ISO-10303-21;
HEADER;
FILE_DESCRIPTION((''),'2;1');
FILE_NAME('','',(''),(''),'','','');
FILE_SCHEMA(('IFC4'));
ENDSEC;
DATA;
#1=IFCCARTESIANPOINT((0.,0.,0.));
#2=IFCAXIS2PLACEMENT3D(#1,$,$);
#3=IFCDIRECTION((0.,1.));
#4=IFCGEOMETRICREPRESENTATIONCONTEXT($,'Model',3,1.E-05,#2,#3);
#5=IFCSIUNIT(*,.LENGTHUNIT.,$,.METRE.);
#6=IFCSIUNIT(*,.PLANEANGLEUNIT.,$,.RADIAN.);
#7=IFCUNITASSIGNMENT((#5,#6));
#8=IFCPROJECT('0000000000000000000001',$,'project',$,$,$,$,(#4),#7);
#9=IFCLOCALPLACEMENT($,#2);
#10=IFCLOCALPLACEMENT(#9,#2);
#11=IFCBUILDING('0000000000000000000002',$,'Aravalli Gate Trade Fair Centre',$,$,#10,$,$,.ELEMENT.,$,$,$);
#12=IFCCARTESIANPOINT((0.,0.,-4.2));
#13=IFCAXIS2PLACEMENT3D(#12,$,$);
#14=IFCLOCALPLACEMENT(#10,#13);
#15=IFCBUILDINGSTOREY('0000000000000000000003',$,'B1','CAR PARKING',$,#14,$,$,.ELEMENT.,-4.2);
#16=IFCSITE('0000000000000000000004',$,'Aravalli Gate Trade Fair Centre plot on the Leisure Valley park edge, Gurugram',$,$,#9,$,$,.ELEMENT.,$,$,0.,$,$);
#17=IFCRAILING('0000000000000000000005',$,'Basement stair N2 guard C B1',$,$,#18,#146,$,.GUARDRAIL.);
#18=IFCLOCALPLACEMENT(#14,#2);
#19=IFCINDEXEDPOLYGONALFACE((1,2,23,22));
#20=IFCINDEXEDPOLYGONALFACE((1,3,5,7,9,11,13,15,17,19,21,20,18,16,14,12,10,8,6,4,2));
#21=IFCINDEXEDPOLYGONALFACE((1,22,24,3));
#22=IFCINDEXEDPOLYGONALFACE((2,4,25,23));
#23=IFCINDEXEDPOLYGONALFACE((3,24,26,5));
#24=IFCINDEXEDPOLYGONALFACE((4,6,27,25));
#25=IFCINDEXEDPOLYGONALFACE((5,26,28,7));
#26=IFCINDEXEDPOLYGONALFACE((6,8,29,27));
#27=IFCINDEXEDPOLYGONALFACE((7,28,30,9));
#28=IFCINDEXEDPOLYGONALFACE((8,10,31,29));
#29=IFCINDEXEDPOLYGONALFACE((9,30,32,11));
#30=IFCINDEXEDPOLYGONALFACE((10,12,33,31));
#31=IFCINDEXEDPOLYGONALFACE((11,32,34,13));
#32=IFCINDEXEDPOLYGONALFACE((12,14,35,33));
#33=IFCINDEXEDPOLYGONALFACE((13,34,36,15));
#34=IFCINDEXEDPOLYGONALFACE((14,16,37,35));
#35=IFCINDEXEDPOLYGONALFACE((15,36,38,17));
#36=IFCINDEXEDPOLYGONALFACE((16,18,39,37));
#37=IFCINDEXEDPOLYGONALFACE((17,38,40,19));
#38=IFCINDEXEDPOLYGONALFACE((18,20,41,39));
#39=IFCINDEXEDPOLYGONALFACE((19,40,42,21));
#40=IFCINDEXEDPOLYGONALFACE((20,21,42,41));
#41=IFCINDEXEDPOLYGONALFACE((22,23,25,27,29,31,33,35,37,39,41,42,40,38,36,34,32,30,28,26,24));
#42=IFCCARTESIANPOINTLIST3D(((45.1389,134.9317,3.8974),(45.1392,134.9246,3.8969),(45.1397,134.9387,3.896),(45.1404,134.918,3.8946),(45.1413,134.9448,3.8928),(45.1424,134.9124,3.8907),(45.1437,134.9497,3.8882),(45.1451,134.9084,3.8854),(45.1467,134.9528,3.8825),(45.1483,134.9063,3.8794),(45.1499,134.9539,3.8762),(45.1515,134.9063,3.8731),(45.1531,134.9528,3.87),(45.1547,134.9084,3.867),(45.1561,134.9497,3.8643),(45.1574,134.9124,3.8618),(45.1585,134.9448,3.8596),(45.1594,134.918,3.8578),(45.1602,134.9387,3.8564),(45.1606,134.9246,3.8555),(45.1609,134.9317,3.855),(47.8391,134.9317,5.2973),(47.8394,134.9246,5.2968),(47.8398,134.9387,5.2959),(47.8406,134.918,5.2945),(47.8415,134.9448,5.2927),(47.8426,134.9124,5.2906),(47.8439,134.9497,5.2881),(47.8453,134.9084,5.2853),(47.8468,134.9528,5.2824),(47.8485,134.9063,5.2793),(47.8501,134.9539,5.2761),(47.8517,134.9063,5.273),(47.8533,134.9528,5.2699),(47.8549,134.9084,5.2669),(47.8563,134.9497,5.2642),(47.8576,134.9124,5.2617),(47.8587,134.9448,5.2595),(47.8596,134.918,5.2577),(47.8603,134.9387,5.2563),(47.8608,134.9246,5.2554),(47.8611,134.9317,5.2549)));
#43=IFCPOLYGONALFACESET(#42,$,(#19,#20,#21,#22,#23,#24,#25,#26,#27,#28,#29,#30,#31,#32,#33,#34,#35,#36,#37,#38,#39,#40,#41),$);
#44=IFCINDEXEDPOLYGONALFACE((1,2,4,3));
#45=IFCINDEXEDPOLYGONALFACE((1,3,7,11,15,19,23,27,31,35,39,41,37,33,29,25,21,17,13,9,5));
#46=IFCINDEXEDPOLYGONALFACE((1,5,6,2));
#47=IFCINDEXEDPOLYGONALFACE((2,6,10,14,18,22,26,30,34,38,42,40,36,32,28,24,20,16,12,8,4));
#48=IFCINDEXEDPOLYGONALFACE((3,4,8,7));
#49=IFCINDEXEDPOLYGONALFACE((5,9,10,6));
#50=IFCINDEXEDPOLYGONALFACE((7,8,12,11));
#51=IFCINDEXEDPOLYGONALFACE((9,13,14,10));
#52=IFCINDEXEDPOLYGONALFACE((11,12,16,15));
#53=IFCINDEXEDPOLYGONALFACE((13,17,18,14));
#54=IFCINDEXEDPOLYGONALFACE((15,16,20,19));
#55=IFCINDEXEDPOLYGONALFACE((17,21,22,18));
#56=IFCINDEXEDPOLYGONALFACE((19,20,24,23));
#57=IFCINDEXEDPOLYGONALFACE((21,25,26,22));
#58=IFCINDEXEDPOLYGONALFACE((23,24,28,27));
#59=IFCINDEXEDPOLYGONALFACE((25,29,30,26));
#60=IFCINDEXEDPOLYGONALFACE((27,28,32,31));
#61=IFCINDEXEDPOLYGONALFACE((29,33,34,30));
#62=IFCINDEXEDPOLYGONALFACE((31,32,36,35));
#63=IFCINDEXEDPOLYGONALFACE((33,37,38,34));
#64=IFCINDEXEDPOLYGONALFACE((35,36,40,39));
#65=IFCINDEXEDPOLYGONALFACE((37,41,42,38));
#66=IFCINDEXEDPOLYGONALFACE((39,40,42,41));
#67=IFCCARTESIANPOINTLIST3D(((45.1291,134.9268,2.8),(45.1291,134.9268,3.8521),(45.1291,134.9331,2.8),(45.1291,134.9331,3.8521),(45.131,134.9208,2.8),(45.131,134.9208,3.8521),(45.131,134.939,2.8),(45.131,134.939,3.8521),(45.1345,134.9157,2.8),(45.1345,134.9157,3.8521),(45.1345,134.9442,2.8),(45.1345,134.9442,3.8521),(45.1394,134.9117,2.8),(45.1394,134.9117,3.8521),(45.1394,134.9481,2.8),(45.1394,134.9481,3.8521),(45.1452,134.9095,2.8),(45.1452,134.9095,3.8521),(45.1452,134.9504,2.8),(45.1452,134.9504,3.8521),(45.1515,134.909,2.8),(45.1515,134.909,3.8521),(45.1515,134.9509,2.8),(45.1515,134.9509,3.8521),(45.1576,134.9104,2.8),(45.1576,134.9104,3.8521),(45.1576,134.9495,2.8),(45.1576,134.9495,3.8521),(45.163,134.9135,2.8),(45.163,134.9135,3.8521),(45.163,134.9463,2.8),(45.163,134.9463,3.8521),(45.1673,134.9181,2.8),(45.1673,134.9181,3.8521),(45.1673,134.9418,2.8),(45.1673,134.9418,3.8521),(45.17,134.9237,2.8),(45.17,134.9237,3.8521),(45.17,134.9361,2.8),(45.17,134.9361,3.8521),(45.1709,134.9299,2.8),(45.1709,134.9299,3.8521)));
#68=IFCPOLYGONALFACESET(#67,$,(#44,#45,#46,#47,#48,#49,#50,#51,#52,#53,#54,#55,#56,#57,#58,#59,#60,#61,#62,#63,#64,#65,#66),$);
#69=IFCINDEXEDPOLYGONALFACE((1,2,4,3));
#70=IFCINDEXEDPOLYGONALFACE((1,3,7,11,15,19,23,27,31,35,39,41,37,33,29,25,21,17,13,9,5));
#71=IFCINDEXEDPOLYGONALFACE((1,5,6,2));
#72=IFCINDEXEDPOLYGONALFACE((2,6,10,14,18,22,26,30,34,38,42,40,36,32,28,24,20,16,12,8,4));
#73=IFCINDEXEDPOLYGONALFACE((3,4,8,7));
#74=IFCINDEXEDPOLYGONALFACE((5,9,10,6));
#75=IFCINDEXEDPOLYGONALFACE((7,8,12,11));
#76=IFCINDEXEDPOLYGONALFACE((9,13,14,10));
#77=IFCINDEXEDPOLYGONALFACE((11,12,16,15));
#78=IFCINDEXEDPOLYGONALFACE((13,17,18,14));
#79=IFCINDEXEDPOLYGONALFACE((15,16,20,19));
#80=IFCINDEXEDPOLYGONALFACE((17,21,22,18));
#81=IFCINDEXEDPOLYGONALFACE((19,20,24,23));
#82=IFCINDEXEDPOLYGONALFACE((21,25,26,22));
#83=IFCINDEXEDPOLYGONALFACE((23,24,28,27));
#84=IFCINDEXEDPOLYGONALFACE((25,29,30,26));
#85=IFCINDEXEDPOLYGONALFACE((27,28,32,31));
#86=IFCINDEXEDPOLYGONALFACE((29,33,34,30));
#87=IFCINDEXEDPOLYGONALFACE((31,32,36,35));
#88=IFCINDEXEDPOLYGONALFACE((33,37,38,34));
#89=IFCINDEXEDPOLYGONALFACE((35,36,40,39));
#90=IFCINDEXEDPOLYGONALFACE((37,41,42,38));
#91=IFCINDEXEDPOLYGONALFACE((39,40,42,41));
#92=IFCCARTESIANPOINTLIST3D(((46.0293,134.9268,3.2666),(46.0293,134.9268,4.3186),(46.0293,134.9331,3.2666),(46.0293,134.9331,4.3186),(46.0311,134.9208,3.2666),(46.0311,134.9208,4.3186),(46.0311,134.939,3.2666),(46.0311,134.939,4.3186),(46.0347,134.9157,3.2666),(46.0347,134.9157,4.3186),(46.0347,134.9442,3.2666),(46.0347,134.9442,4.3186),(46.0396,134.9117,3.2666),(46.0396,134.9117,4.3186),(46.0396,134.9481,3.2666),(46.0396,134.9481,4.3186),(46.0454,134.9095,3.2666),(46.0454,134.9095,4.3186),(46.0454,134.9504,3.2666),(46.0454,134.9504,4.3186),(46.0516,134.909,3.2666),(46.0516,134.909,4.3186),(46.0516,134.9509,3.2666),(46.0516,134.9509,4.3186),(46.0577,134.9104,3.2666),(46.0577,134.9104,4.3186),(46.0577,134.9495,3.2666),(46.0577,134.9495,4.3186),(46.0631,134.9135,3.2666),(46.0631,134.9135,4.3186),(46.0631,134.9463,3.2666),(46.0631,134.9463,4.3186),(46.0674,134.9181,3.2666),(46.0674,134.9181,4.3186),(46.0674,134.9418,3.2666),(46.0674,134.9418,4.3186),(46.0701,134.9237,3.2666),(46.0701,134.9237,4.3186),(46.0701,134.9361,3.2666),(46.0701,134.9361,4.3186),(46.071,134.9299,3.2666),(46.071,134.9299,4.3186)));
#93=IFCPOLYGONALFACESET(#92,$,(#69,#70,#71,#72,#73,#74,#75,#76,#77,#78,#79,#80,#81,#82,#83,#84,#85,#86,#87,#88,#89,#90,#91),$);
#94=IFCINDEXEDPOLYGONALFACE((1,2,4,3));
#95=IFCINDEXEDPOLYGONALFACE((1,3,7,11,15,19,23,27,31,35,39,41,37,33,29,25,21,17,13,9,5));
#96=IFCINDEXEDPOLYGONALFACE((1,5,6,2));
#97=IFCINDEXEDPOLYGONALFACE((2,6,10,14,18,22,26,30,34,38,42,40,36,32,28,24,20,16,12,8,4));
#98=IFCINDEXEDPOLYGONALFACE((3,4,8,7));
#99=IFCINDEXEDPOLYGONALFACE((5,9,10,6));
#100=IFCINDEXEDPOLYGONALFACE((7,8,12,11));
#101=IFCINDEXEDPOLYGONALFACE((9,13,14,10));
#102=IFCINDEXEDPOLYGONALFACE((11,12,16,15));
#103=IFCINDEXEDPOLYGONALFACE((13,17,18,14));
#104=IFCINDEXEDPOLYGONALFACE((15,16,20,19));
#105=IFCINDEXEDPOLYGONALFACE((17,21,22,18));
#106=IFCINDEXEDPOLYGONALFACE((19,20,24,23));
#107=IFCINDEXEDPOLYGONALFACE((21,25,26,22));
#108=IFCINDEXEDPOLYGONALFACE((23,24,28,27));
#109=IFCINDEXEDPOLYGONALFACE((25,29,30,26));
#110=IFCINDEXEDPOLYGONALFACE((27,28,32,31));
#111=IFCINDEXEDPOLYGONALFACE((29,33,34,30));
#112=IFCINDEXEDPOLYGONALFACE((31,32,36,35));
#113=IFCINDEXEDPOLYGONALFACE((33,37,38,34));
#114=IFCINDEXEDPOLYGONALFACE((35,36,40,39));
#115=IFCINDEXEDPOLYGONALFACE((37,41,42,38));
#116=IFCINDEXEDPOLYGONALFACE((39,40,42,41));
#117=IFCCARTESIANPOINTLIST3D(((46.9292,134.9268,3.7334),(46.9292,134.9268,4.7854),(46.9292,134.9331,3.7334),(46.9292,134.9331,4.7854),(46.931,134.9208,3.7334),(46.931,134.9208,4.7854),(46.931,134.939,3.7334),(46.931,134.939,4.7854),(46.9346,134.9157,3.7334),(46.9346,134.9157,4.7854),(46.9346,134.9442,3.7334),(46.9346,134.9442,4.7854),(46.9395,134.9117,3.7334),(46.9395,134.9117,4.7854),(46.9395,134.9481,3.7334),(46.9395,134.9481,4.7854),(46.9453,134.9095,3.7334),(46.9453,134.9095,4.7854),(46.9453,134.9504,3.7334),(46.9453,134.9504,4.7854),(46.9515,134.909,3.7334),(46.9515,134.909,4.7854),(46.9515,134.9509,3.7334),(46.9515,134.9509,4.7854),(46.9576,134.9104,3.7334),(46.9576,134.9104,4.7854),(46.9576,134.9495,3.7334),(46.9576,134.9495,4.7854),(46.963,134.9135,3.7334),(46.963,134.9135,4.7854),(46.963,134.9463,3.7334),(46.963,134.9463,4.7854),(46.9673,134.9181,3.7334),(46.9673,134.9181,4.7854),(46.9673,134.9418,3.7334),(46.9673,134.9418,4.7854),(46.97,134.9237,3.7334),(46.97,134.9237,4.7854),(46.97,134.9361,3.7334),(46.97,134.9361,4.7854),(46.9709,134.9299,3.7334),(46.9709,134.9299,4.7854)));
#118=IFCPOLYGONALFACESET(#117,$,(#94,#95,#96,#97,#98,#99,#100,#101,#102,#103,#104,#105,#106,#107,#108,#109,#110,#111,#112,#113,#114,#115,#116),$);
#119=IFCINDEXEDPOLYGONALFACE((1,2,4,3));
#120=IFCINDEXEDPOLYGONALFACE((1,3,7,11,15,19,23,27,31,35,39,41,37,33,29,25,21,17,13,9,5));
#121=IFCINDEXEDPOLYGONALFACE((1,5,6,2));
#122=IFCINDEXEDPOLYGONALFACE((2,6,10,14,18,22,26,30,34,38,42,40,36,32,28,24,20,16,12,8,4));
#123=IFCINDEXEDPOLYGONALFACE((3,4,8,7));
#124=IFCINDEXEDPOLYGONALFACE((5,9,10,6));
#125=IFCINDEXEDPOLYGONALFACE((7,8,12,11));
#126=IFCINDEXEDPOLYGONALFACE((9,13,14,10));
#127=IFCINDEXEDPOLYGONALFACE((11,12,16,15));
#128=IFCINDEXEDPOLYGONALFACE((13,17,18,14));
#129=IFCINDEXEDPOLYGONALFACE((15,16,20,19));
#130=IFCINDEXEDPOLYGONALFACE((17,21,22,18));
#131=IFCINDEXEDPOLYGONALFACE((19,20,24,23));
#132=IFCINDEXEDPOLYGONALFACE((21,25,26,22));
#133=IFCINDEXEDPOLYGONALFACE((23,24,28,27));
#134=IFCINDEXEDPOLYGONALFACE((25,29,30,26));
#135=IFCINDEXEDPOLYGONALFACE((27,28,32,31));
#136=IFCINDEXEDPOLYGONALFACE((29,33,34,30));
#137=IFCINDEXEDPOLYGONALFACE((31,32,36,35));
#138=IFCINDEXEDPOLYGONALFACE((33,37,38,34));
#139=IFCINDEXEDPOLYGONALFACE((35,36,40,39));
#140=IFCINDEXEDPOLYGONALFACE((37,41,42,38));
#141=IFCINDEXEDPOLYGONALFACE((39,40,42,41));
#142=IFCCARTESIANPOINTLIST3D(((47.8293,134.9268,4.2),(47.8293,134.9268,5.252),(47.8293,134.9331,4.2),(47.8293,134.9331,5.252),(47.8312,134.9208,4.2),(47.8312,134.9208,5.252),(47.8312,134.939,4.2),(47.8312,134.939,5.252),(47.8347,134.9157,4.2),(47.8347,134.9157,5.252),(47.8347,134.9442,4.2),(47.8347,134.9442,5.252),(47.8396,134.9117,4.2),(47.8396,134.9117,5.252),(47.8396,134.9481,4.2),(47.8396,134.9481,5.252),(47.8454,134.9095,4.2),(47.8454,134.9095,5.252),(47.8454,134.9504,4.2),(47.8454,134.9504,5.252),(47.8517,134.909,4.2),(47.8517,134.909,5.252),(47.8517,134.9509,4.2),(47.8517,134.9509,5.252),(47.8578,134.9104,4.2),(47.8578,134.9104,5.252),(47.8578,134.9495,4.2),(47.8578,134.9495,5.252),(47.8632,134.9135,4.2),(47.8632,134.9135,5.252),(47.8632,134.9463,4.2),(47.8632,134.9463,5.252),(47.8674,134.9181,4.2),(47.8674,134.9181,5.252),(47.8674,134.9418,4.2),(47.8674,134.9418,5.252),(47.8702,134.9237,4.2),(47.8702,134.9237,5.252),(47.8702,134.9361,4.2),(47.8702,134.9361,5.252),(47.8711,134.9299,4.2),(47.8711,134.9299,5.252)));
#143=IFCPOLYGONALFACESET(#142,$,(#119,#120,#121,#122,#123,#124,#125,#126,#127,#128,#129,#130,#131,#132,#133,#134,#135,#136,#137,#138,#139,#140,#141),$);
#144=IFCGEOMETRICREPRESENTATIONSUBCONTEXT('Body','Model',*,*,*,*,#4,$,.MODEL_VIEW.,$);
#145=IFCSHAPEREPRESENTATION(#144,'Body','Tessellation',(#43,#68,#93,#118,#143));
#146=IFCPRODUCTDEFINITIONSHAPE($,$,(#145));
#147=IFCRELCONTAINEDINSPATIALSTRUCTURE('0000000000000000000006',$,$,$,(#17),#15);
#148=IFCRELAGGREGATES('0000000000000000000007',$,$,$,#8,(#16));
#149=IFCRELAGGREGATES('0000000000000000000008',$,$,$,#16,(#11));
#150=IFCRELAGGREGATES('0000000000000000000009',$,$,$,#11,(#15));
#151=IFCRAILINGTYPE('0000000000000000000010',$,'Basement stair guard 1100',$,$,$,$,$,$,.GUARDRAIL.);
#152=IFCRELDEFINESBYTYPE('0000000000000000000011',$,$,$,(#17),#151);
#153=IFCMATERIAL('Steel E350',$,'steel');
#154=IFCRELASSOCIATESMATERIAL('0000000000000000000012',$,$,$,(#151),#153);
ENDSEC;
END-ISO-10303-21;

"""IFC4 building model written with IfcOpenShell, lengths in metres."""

from ifc_helpers import new_model, si_unit, direction, frame, origin, origin_2d, place, context, subcontext, project, spatial, circle, extrude, material, type_object, element, save


model = new_model("IFC4")

# Units and contexts
model_context = context("Model", 3, precision=1e-05, world=origin(), true_north=direction((0.0, 1.0)))
body_context = subcontext(model_context, "Body", "Model", "MODEL_VIEW")
ifc_project = project(units=[si_unit("LENGTHUNIT", "METRE"), si_unit("PLANEANGLEUNIT", "RADIAN")], contexts=[model_context])

# Site, building, storey
site_placement = place(None, origin())
site = spatial("IfcSite", under=ifc_project, at=site_placement, Name="Aravalli Gate Trade Fair Centre plot on the Leisure Valley park edge, Gurugram", CompositionType="ELEMENT", RefElevation=0.0)
building_placement = place(site_placement, origin())
building = spatial("IfcBuilding", under=site, at=building_placement, Name="Aravalli Gate Trade Fair Centre", CompositionType="ELEMENT")
storey_placement = place(building_placement, frame((0.0, 0.0, -4.2)))
storey = spatial("IfcBuildingStorey", under=building, at=storey_placement, Name="B1", Description="CAR PARKING", CompositionType="ELEMENT", Elevation=-4.2)

# Railing
ifc_material_1 = material(Name="Steel E350", Category="steel")
railing_type_1 = type_object("IfcRailingType", Name="Basement stair guard 1100", PredefinedType="GUARDRAIL", material=ifc_material_1)
railing_1_placement = place(storey_placement, frame((45.1499, 134.9299, 2.8)))
element("IfcRailing", 1, at=railing_1_placement, inside=storey, type_object=railing_type_1, Name="Basement stair N2 guard C B1", PredefinedType="GUARDRAIL", context=body_context, shape_type="SweptSolid", body=[
    extrude(circle(Radius=0.0239, at=origin_2d()), frame((0.0, 0.0, 1.0762), z_axis=(0.887781, 0.0, 0.460266), x_axis=(0.0, 1.0, 0.0)), (0.0, 0.0, 1.0), 3.0415),
    extrude(circle(Radius=0.021, at=origin_2d()), origin(), (0.0, 0.0, 1.0), 1.052),
    extrude(circle(Radius=0.021, at=origin_2d()), frame((0.9001, 0.0, 0.4666)), (0.0, 0.0, 1.0), 1.052),
    extrude(circle(Radius=0.021, at=origin_2d()), frame((1.8, 0.0, 0.9333)), (0.0, 0.0, 1.0), 1.052),
    extrude(circle(Radius=0.021, at=origin_2d()), frame((2.7002, 0.0, 1.3999)), (0.0, 0.0, 1.0), 1.052),
])

save(model, "model.ifc")
